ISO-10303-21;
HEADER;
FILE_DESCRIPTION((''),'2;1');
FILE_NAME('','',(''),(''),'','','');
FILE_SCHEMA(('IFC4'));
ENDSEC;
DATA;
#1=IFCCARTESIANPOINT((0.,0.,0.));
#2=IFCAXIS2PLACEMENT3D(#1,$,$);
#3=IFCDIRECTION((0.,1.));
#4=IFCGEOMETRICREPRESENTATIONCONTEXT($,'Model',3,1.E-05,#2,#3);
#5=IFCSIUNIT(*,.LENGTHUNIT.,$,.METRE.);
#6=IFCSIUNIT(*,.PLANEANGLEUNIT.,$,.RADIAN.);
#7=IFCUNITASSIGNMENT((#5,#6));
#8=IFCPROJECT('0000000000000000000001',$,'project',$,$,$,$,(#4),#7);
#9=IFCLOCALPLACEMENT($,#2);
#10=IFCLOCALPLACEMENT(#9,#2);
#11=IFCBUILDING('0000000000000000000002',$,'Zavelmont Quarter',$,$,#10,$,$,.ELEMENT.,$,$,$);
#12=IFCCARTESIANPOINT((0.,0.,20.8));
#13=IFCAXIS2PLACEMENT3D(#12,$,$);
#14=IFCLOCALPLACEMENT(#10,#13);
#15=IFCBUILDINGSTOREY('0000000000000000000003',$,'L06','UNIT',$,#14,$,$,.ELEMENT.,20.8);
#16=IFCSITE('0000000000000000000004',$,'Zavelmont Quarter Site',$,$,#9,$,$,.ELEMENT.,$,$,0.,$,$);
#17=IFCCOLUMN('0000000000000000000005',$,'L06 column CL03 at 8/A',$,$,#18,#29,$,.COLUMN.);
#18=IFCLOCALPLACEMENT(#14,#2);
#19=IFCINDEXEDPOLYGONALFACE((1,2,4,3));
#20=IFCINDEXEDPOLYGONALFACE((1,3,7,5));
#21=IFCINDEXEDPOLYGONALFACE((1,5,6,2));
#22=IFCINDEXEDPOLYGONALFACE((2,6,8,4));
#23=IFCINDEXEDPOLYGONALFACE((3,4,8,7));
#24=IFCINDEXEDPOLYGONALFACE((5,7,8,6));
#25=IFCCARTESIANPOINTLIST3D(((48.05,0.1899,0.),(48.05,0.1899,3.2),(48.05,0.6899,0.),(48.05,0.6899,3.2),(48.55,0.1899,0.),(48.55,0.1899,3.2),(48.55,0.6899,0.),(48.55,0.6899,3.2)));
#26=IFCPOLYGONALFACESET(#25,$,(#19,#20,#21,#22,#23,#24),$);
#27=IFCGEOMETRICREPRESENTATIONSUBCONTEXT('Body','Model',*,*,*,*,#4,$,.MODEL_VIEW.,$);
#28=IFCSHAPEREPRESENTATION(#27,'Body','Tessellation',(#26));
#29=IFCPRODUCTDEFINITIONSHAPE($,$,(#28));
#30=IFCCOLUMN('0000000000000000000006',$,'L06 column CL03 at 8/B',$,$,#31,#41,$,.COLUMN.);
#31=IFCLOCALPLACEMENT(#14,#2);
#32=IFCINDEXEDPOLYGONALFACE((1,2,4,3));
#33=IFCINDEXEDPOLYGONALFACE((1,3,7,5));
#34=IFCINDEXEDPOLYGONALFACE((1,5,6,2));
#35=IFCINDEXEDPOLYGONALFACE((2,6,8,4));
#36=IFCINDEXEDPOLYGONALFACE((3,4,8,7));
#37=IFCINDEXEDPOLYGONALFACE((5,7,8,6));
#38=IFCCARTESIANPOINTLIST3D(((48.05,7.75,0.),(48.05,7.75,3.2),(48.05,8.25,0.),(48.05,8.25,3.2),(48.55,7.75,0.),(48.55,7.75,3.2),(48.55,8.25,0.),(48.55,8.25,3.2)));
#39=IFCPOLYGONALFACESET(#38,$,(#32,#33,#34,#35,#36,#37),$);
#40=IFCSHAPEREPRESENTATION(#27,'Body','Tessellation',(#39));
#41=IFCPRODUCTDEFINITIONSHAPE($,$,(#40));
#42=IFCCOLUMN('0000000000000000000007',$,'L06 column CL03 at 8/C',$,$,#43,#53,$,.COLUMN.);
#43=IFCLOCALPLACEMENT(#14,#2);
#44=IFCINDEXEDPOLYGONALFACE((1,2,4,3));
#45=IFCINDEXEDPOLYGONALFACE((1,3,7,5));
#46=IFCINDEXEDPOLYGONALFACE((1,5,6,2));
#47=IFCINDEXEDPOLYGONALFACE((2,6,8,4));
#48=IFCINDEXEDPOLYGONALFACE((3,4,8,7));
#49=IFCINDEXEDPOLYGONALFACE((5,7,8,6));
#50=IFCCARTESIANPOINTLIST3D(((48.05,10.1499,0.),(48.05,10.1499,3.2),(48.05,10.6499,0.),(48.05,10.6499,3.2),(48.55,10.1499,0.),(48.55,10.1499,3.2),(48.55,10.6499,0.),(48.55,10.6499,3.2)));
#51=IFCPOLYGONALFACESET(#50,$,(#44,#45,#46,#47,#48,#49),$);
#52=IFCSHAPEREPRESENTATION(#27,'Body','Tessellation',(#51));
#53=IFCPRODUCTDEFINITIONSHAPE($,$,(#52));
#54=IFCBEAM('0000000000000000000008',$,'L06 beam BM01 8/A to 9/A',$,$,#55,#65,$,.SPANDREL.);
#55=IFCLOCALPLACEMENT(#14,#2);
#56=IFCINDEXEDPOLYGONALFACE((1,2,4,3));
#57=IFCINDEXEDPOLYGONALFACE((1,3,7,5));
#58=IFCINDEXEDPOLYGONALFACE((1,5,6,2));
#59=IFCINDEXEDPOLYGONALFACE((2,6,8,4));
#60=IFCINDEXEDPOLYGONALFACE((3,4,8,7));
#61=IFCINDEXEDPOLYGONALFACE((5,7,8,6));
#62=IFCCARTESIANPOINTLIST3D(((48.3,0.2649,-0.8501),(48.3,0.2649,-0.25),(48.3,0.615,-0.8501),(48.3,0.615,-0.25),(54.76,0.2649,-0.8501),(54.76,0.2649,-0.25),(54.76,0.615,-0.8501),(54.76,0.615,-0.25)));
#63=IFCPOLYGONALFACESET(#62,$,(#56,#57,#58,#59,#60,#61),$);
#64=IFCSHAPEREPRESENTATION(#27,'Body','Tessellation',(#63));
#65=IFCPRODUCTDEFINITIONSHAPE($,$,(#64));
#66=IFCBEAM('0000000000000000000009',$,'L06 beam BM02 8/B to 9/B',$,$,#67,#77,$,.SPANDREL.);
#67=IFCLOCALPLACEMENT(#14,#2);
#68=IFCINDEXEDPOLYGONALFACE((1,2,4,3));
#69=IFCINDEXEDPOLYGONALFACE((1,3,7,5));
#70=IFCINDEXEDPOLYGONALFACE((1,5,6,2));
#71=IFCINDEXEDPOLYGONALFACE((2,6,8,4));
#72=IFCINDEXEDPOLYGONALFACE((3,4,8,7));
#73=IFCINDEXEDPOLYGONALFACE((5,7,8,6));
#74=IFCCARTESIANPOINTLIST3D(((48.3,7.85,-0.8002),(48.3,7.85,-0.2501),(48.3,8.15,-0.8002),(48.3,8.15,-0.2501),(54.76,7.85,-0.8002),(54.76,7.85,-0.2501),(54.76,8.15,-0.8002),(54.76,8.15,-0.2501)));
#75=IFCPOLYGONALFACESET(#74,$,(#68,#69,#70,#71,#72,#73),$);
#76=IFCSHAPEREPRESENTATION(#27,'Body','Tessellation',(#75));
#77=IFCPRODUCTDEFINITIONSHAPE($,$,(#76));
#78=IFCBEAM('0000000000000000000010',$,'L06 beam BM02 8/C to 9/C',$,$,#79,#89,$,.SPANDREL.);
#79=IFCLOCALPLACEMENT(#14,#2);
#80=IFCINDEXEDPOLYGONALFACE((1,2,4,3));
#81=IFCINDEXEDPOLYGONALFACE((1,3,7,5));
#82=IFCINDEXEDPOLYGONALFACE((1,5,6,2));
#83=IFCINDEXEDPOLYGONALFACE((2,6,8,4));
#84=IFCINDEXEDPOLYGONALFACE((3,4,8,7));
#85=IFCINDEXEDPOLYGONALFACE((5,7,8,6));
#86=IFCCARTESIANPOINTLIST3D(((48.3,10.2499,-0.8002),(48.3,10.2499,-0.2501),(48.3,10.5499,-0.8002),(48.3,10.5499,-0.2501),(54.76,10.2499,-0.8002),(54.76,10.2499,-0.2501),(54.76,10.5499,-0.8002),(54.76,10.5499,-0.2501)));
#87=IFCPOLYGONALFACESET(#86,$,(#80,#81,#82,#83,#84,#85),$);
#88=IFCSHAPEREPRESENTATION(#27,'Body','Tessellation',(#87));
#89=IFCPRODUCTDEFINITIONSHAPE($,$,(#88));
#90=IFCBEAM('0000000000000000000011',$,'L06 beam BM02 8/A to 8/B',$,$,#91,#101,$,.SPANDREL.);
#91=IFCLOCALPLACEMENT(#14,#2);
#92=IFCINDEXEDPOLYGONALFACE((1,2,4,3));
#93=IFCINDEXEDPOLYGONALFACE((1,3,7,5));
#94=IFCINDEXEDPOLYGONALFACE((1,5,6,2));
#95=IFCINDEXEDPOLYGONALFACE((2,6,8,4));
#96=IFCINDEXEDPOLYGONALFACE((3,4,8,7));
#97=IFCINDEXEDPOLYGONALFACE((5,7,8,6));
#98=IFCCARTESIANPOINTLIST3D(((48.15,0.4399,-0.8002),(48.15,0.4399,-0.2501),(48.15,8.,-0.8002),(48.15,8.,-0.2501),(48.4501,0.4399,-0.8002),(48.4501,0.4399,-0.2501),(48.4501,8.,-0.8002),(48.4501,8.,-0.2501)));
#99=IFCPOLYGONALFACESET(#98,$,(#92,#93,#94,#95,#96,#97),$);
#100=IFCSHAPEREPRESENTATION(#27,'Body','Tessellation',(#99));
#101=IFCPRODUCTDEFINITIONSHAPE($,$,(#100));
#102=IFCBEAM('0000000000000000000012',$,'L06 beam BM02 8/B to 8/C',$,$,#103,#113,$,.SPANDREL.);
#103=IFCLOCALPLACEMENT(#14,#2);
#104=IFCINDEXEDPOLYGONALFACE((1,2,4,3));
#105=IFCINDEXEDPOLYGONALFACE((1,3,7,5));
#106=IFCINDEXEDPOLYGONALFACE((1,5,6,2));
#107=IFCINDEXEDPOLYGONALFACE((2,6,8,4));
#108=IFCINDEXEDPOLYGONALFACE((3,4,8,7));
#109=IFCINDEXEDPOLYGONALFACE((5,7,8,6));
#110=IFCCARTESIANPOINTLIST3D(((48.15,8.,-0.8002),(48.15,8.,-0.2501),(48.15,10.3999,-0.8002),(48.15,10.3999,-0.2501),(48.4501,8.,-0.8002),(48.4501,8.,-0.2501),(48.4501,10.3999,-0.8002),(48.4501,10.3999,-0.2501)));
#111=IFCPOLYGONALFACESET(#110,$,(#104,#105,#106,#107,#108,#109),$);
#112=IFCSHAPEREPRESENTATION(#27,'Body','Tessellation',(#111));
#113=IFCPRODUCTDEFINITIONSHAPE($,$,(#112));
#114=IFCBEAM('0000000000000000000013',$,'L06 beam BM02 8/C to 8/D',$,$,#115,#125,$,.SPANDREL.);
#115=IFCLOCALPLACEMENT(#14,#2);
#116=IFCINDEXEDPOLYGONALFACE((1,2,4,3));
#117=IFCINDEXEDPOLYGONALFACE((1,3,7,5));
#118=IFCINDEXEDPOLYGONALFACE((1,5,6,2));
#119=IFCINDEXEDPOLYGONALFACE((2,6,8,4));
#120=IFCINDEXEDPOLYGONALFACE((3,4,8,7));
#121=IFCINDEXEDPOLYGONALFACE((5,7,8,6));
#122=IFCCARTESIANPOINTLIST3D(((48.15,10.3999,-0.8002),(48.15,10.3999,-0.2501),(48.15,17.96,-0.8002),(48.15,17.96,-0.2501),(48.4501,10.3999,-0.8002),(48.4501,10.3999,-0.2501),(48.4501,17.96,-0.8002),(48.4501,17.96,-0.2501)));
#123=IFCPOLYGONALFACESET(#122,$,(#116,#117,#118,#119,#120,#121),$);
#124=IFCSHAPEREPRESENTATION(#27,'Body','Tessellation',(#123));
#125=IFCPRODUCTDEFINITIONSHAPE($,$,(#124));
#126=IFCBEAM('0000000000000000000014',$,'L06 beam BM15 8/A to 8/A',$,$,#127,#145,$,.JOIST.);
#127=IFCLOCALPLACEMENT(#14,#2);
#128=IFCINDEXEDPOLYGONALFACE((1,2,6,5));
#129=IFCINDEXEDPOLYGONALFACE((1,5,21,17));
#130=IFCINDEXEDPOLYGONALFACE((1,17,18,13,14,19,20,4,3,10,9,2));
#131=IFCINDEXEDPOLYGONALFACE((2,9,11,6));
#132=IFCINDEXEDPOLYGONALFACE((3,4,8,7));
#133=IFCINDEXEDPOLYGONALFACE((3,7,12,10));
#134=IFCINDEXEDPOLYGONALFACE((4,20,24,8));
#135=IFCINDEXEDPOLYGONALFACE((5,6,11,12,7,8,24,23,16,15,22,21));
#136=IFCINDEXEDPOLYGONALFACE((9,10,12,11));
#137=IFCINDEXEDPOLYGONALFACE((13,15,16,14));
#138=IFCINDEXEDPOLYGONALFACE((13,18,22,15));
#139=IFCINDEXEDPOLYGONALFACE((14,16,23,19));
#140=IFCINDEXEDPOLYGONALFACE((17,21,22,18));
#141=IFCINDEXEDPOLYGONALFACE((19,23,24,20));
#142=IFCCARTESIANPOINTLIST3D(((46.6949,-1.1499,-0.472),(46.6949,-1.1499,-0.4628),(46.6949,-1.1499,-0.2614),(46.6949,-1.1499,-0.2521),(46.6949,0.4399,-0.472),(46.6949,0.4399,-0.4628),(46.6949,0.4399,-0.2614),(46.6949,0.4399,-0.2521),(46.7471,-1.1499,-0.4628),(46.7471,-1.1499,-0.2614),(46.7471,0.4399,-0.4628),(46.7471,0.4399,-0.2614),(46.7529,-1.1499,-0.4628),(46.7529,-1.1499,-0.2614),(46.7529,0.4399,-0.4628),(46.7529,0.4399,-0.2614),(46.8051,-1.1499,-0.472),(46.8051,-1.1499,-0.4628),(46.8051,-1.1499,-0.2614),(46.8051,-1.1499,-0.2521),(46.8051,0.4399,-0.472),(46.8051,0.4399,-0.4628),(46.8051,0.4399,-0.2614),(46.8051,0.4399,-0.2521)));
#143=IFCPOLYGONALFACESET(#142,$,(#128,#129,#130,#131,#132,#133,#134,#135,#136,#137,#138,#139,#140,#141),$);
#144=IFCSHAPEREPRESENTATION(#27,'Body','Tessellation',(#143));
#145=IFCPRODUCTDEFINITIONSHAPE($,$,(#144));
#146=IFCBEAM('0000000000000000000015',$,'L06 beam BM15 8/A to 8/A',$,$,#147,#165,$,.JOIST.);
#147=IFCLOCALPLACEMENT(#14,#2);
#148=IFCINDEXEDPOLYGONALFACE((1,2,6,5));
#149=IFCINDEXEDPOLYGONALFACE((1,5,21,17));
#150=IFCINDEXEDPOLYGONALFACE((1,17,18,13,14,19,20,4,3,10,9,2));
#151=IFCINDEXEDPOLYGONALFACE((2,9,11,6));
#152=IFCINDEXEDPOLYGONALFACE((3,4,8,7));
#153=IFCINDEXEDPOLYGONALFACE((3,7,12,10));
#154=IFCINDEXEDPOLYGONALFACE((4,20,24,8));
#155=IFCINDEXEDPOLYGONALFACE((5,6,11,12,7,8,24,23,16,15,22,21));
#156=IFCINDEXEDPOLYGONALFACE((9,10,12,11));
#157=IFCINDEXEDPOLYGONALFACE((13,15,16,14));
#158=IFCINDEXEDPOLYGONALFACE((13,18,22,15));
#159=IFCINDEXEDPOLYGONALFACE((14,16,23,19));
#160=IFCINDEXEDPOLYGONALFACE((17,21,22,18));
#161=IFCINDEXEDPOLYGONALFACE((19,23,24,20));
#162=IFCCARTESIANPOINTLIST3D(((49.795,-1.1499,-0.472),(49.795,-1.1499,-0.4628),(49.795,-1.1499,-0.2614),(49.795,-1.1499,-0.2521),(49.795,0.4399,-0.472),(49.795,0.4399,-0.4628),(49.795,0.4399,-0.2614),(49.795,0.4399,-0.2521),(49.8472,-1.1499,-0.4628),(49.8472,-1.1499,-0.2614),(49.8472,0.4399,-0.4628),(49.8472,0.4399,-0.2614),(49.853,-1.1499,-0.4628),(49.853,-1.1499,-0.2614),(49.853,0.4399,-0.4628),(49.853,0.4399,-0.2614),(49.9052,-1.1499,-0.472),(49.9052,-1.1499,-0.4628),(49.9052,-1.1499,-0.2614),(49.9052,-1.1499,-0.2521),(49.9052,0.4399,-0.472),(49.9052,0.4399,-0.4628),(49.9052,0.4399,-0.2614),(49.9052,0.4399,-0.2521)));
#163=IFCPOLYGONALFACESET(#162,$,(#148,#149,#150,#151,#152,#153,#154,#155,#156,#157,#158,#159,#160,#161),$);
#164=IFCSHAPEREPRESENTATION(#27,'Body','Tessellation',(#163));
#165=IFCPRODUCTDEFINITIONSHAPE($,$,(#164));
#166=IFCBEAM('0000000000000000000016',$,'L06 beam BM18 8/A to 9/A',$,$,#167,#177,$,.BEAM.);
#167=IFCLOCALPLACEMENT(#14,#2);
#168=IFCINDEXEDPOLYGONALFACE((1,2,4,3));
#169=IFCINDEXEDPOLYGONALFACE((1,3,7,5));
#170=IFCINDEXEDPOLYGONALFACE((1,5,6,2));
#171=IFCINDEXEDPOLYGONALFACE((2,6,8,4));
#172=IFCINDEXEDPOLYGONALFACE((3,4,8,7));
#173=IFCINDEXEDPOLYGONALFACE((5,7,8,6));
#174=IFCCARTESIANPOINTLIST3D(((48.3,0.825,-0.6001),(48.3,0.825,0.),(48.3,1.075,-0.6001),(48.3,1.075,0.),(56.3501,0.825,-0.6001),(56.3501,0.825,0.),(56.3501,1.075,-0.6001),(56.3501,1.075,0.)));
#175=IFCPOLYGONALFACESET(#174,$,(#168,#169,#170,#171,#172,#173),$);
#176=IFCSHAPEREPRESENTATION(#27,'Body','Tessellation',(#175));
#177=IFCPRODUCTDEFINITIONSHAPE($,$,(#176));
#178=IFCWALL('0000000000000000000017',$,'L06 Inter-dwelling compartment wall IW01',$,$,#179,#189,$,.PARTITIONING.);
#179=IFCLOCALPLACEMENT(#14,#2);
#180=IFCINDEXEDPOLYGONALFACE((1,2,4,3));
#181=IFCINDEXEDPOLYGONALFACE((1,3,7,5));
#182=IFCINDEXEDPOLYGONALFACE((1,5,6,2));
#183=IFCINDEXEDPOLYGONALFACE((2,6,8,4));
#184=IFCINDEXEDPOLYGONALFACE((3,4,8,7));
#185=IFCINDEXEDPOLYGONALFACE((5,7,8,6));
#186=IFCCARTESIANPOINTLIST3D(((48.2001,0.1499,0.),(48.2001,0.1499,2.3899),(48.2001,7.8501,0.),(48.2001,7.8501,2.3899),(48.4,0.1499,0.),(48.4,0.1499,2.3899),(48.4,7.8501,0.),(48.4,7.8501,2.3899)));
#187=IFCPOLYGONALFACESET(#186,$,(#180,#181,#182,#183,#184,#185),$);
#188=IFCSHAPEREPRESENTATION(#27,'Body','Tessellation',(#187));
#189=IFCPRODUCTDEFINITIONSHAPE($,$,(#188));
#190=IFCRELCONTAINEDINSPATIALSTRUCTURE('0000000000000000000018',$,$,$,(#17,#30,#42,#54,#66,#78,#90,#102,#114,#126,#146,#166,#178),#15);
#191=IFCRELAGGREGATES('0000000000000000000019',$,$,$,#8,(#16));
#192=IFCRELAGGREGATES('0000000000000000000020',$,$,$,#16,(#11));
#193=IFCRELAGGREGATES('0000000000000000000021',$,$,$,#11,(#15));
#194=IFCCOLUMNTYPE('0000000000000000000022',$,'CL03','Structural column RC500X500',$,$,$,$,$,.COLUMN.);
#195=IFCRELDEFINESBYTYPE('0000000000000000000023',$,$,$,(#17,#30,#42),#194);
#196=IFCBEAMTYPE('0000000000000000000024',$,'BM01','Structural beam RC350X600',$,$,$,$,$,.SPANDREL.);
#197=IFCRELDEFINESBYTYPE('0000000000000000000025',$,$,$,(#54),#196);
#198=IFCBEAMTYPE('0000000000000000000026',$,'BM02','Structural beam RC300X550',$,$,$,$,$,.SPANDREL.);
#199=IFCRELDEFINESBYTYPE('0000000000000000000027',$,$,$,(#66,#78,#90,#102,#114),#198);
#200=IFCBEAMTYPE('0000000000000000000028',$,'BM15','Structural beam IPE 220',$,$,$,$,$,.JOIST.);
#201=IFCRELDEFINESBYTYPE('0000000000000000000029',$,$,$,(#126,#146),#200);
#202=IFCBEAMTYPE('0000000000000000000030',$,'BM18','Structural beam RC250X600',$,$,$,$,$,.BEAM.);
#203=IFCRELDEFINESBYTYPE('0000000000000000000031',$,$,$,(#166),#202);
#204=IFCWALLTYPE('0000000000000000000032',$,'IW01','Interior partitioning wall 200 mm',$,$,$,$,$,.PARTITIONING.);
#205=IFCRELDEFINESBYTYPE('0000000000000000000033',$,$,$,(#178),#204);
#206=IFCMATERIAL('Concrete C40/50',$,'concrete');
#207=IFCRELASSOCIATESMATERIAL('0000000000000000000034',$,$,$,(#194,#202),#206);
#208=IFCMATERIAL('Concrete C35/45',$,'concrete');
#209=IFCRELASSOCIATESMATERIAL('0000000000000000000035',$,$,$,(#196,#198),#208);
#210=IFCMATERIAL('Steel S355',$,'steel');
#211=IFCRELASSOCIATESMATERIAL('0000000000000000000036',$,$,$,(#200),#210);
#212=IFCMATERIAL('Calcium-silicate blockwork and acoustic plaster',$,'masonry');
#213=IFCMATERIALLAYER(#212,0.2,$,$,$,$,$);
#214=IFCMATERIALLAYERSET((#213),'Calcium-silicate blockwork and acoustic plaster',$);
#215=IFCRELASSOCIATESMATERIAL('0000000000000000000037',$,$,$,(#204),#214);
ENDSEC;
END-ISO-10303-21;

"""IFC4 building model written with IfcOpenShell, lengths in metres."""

from ifc_helpers import new_model, si_unit, direction, frame, frame_2d, origin, origin_2d, place, context, subcontext, project, spatial, rectangle, i_section, extrude, material, layer, layer_set, material_profile, profile_set, type_object, element, save


model = new_model("IFC4")

# Units and contexts
model_context = context("Model", 3, precision=1e-05, world=origin(), true_north=direction((0.0, 1.0)))
body_context = subcontext(model_context, "Body", "Model", "MODEL_VIEW")
ifc_project = project(units=[si_unit("LENGTHUNIT", "METRE"), si_unit("PLANEANGLEUNIT", "RADIAN")], contexts=[model_context])

# Site, building, storey
site_placement = place(None, origin())
site = spatial("IfcSite", under=ifc_project, at=site_placement, Name="Zavelmont Quarter Site", CompositionType="ELEMENT", RefElevation=0.0)
building_placement = place(site_placement, origin())
building = spatial("IfcBuilding", under=site, at=building_placement, Name="Zavelmont Quarter", CompositionType="ELEMENT")
storey_placement = place(building_placement, frame((0.0, 0.0, 20.8)))
storey = spatial("IfcBuildingStorey", under=building, at=storey_placement, Name="L06", Description="UNIT", CompositionType="ELEMENT", Elevation=20.8)

# Columns
ifc_material_1 = material(Name="Concrete C40/50", Category="concrete")
ifc_material_profile_1 = material_profile(ifc_material_1, rectangle(XDim=0.5, YDim=0.5, at=origin_2d()), Name="RC500X500")
ifc_profile_set_1 = profile_set([ifc_material_profile_1], Name="Concrete C40/50")
column_type = type_object("IfcColumnType", Name="CL03", Description="Structural column RC500X500", PredefinedType="COLUMN", material=ifc_profile_set_1)
for number, where, z_axis, x_axis, name in (
    (1, (48.3, 0.4399, 0.0), (0.0, 0.0, 1.0), (1.0, 0.0, 0.0), "L06 column CL03 at 8/A"),
    (2, (48.3, 8.0, 0.0), (0.0, 0.0, 1.0), (1.0, 0.0, 0.0), "L06 column CL03 at 8/B"),
    (3, (48.3, 10.3999, 0.0), (0.0, 0.0, 1.0), (1.0, 0.0, 0.0), "L06 column CL03 at 8/C"),
):
    element("IfcColumn", number, at=place(storey_placement, frame(where, z_axis=z_axis, x_axis=x_axis)), inside=storey, type_object=column_type, Name=name, PredefinedType="COLUMN", context=body_context, shape_type="SweptSolid", body=[
        extrude(rectangle(XDim=0.5, YDim=0.5, at=origin_2d()), origin(), (0.0, 0.0, 1.0), 3.2),
    ])

# Beams
ifc_material_2 = material(Name="Concrete C35/45", Category="concrete")
ifc_material_profile_2 = material_profile(ifc_material_2, rectangle(XDim=0.3501, YDim=0.6001, at=origin_2d()), Name="RC350X600")
ifc_profile_set_2 = profile_set([ifc_material_profile_2], Name="Concrete C35/45")
beam_type_1 = type_object("IfcBeamType", Name="BM01", Description="Structural beam RC350X600", PredefinedType="SPANDREL", material=ifc_profile_set_2)
beam_1_placement = place(storey_placement, frame((48.3, 0.4399, -0.55), z_axis=(1.0, 0.0, 0.0), x_axis=(0.0, 1.0, 0.0)))
element("IfcBeam", 4, at=beam_1_placement, inside=storey, type_object=beam_type_1, Name="L06 beam BM01 8/A to 9/A", PredefinedType="SPANDREL", context=body_context, shape_type="SweptSolid", body=[
    extrude(rectangle(XDim=0.3501, YDim=0.6001, at=origin_2d()), origin(), (0.0, 0.0, 1.0), 6.46),
])
ifc_material_profile_3 = material_profile(ifc_material_2, rectangle(XDim=0.3, YDim=0.55, at=origin_2d()), Name="RC300X550")
ifc_profile_set_3 = profile_set([ifc_material_profile_3], Name="Concrete C35/45")
beam_type_2 = type_object("IfcBeamType", Name="BM02", Description="Structural beam RC300X550", PredefinedType="SPANDREL", material=ifc_profile_set_3)
for number, where, z_axis, x_axis, name in (
    (5, (48.3, 8.0, -0.5251), (1.0, 0.0, 0.0), (0.0, 1.0, 0.0), "L06 beam BM02 8/B to 9/B"),
    (6, (48.3, 10.3999, -0.5251), (1.0, 0.0, 0.0), (0.0, 1.0, 0.0), "L06 beam BM02 8/C to 9/C"),
):
    element("IfcBeam", number, at=place(storey_placement, frame(where, z_axis=z_axis, x_axis=x_axis)), inside=storey, type_object=beam_type_2, Name=name, PredefinedType="SPANDREL", context=body_context, shape_type="SweptSolid", body=[
        extrude(rectangle(XDim=0.3, YDim=0.55, at=origin_2d()), origin(), (0.0, 0.0, 1.0), 6.46),
    ])
beam_2_placement = place(storey_placement, frame((48.3, 0.4399, -0.5251), z_axis=(0.0, 1.0, 0.0), x_axis=(-1.0, 0.0, 0.0)))
element("IfcBeam", 7, at=beam_2_placement, inside=storey, type_object=beam_type_2, Name="L06 beam BM02 8/A to 8/B", PredefinedType="SPANDREL", context=body_context, shape_type="SweptSolid", body=[
    extrude(rectangle(XDim=0.3, YDim=0.55, at=origin_2d()), origin(), (0.0, 0.0, 1.0), 7.5601),
])
beam_3_placement = place(storey_placement, frame((48.3, 8.0, -0.5251), z_axis=(0.0, 1.0, 0.0), x_axis=(-1.0, 0.0, 0.0)))
element("IfcBeam", 8, at=beam_3_placement, inside=storey, type_object=beam_type_2, Name="L06 beam BM02 8/B to 8/C", PredefinedType="SPANDREL", context=body_context, shape_type="SweptSolid", body=[
    extrude(rectangle(XDim=0.3, YDim=0.55, at=origin_2d()), origin(), (0.0, 0.0, 1.0), 2.3999),
])
beam_4_placement = place(storey_placement, frame((48.3, 10.3999, -0.5251), z_axis=(0.0, 1.0, 0.0), x_axis=(-1.0, 0.0, 0.0)))
element("IfcBeam", 9, at=beam_4_placement, inside=storey, type_object=beam_type_2, Name="L06 beam BM02 8/C to 8/D", PredefinedType="SPANDREL", context=body_context, shape_type="SweptSolid", body=[
    extrude(rectangle(XDim=0.3, YDim=0.55, at=origin_2d()), origin(), (0.0, 0.0, 1.0), 7.5601),
])
ifc_material_3 = material(Name="Steel S355", Category="steel")
ifc_material_profile_4 = material_profile(ifc_material_3, i_section(OverallWidth=0.1101, OverallDepth=0.22, WebThickness=0.0059, FlangeThickness=0.0093, at=origin_2d()), Name="IPE 220")
ifc_profile_set_4 = profile_set([ifc_material_profile_4], Name="Steel S355")
beam_type_3 = type_object("IfcBeamType", Name="BM15", Description="Structural beam IPE 220", PredefinedType="JOIST", material=ifc_profile_set_4)
for number, where, z_axis, x_axis, name in (
    (10, (46.75, 0.4399, -0.3621), (0.0, -1.0, 0.0), (1.0, 0.0, 0.0), "L06 beam BM15 8/A to 8/A"),
    (11, (49.8501, 0.4399, -0.3621), (0.0, -1.0, 0.0), (1.0, 0.0, 0.0), "L06 beam BM15 8/A to 8/A"),
):
    element("IfcBeam", number, at=place(storey_placement, frame(where, z_axis=z_axis, x_axis=x_axis)), inside=storey, type_object=beam_type_3, Name=name, PredefinedType="JOIST", context=body_context, shape_type="SweptSolid", body=[
        extrude(i_section(OverallWidth=0.1101, OverallDepth=0.22, WebThickness=0.0059, FlangeThickness=0.0093, at=origin_2d()), origin(), (0.0, 0.0, 1.0), 1.5898),
    ])
ifc_material_profile_5 = material_profile(ifc_material_1, rectangle(XDim=0.25, YDim=0.6001, at=origin_2d()), Name="RC250X600")
ifc_profile_set_5 = profile_set([ifc_material_profile_5], Name="Concrete C40/50")
beam_type_4 = type_object("IfcBeamType", Name="BM18", Description="Structural beam RC250X600", PredefinedType="BEAM", material=ifc_profile_set_5)
beam_5_placement = place(storey_placement, frame((48.3, 0.95, -0.3), z_axis=(1.0, 0.0, 0.0), x_axis=(0.0, 1.0, 0.0)))
element("IfcBeam", 12, at=beam_5_placement, inside=storey, type_object=beam_type_4, Name="L06 beam BM18 8/A to 9/A", PredefinedType="BEAM", context=body_context, shape_type="SweptSolid", body=[
    extrude(rectangle(XDim=0.25, YDim=0.6001, at=origin_2d()), origin(), (0.0, 0.0, 1.0), 8.05),
])

# Wall
ifc_material_4 = material(Name="Calcium-silicate blockwork and acoustic plaster", Category="masonry")
ifc_layer_1 = layer(ifc_material_4, 0.2)
ifc_layer_set_1 = layer_set([ifc_layer_1], Name="Calcium-silicate blockwork and acoustic plaster")
wall_type_1 = type_object("IfcWallType", Name="IW01", Description="Interior partitioning wall 200 mm", PredefinedType="PARTITIONING", material=ifc_layer_set_1)
wall_1_placement = place(storey_placement, frame((48.3, 7.8501, 0.0), z_axis=(0.0, 0.0, 1.0), x_axis=(0.0, -1.0, 0.0)))
element("IfcWall", 13, at=wall_1_placement, inside=storey, type_object=wall_type_1, Name="L06 Inter-dwelling compartment wall IW01", PredefinedType="PARTITIONING", context=body_context, shape_type="SweptSolid", body=[
    extrude(rectangle(XDim=7.7002, YDim=0.2, at=frame_2d((3.8501, 0.0))), origin(), (0.0, 0.0, 1.0), 2.3899),
])

save(model, "model.ifc")
